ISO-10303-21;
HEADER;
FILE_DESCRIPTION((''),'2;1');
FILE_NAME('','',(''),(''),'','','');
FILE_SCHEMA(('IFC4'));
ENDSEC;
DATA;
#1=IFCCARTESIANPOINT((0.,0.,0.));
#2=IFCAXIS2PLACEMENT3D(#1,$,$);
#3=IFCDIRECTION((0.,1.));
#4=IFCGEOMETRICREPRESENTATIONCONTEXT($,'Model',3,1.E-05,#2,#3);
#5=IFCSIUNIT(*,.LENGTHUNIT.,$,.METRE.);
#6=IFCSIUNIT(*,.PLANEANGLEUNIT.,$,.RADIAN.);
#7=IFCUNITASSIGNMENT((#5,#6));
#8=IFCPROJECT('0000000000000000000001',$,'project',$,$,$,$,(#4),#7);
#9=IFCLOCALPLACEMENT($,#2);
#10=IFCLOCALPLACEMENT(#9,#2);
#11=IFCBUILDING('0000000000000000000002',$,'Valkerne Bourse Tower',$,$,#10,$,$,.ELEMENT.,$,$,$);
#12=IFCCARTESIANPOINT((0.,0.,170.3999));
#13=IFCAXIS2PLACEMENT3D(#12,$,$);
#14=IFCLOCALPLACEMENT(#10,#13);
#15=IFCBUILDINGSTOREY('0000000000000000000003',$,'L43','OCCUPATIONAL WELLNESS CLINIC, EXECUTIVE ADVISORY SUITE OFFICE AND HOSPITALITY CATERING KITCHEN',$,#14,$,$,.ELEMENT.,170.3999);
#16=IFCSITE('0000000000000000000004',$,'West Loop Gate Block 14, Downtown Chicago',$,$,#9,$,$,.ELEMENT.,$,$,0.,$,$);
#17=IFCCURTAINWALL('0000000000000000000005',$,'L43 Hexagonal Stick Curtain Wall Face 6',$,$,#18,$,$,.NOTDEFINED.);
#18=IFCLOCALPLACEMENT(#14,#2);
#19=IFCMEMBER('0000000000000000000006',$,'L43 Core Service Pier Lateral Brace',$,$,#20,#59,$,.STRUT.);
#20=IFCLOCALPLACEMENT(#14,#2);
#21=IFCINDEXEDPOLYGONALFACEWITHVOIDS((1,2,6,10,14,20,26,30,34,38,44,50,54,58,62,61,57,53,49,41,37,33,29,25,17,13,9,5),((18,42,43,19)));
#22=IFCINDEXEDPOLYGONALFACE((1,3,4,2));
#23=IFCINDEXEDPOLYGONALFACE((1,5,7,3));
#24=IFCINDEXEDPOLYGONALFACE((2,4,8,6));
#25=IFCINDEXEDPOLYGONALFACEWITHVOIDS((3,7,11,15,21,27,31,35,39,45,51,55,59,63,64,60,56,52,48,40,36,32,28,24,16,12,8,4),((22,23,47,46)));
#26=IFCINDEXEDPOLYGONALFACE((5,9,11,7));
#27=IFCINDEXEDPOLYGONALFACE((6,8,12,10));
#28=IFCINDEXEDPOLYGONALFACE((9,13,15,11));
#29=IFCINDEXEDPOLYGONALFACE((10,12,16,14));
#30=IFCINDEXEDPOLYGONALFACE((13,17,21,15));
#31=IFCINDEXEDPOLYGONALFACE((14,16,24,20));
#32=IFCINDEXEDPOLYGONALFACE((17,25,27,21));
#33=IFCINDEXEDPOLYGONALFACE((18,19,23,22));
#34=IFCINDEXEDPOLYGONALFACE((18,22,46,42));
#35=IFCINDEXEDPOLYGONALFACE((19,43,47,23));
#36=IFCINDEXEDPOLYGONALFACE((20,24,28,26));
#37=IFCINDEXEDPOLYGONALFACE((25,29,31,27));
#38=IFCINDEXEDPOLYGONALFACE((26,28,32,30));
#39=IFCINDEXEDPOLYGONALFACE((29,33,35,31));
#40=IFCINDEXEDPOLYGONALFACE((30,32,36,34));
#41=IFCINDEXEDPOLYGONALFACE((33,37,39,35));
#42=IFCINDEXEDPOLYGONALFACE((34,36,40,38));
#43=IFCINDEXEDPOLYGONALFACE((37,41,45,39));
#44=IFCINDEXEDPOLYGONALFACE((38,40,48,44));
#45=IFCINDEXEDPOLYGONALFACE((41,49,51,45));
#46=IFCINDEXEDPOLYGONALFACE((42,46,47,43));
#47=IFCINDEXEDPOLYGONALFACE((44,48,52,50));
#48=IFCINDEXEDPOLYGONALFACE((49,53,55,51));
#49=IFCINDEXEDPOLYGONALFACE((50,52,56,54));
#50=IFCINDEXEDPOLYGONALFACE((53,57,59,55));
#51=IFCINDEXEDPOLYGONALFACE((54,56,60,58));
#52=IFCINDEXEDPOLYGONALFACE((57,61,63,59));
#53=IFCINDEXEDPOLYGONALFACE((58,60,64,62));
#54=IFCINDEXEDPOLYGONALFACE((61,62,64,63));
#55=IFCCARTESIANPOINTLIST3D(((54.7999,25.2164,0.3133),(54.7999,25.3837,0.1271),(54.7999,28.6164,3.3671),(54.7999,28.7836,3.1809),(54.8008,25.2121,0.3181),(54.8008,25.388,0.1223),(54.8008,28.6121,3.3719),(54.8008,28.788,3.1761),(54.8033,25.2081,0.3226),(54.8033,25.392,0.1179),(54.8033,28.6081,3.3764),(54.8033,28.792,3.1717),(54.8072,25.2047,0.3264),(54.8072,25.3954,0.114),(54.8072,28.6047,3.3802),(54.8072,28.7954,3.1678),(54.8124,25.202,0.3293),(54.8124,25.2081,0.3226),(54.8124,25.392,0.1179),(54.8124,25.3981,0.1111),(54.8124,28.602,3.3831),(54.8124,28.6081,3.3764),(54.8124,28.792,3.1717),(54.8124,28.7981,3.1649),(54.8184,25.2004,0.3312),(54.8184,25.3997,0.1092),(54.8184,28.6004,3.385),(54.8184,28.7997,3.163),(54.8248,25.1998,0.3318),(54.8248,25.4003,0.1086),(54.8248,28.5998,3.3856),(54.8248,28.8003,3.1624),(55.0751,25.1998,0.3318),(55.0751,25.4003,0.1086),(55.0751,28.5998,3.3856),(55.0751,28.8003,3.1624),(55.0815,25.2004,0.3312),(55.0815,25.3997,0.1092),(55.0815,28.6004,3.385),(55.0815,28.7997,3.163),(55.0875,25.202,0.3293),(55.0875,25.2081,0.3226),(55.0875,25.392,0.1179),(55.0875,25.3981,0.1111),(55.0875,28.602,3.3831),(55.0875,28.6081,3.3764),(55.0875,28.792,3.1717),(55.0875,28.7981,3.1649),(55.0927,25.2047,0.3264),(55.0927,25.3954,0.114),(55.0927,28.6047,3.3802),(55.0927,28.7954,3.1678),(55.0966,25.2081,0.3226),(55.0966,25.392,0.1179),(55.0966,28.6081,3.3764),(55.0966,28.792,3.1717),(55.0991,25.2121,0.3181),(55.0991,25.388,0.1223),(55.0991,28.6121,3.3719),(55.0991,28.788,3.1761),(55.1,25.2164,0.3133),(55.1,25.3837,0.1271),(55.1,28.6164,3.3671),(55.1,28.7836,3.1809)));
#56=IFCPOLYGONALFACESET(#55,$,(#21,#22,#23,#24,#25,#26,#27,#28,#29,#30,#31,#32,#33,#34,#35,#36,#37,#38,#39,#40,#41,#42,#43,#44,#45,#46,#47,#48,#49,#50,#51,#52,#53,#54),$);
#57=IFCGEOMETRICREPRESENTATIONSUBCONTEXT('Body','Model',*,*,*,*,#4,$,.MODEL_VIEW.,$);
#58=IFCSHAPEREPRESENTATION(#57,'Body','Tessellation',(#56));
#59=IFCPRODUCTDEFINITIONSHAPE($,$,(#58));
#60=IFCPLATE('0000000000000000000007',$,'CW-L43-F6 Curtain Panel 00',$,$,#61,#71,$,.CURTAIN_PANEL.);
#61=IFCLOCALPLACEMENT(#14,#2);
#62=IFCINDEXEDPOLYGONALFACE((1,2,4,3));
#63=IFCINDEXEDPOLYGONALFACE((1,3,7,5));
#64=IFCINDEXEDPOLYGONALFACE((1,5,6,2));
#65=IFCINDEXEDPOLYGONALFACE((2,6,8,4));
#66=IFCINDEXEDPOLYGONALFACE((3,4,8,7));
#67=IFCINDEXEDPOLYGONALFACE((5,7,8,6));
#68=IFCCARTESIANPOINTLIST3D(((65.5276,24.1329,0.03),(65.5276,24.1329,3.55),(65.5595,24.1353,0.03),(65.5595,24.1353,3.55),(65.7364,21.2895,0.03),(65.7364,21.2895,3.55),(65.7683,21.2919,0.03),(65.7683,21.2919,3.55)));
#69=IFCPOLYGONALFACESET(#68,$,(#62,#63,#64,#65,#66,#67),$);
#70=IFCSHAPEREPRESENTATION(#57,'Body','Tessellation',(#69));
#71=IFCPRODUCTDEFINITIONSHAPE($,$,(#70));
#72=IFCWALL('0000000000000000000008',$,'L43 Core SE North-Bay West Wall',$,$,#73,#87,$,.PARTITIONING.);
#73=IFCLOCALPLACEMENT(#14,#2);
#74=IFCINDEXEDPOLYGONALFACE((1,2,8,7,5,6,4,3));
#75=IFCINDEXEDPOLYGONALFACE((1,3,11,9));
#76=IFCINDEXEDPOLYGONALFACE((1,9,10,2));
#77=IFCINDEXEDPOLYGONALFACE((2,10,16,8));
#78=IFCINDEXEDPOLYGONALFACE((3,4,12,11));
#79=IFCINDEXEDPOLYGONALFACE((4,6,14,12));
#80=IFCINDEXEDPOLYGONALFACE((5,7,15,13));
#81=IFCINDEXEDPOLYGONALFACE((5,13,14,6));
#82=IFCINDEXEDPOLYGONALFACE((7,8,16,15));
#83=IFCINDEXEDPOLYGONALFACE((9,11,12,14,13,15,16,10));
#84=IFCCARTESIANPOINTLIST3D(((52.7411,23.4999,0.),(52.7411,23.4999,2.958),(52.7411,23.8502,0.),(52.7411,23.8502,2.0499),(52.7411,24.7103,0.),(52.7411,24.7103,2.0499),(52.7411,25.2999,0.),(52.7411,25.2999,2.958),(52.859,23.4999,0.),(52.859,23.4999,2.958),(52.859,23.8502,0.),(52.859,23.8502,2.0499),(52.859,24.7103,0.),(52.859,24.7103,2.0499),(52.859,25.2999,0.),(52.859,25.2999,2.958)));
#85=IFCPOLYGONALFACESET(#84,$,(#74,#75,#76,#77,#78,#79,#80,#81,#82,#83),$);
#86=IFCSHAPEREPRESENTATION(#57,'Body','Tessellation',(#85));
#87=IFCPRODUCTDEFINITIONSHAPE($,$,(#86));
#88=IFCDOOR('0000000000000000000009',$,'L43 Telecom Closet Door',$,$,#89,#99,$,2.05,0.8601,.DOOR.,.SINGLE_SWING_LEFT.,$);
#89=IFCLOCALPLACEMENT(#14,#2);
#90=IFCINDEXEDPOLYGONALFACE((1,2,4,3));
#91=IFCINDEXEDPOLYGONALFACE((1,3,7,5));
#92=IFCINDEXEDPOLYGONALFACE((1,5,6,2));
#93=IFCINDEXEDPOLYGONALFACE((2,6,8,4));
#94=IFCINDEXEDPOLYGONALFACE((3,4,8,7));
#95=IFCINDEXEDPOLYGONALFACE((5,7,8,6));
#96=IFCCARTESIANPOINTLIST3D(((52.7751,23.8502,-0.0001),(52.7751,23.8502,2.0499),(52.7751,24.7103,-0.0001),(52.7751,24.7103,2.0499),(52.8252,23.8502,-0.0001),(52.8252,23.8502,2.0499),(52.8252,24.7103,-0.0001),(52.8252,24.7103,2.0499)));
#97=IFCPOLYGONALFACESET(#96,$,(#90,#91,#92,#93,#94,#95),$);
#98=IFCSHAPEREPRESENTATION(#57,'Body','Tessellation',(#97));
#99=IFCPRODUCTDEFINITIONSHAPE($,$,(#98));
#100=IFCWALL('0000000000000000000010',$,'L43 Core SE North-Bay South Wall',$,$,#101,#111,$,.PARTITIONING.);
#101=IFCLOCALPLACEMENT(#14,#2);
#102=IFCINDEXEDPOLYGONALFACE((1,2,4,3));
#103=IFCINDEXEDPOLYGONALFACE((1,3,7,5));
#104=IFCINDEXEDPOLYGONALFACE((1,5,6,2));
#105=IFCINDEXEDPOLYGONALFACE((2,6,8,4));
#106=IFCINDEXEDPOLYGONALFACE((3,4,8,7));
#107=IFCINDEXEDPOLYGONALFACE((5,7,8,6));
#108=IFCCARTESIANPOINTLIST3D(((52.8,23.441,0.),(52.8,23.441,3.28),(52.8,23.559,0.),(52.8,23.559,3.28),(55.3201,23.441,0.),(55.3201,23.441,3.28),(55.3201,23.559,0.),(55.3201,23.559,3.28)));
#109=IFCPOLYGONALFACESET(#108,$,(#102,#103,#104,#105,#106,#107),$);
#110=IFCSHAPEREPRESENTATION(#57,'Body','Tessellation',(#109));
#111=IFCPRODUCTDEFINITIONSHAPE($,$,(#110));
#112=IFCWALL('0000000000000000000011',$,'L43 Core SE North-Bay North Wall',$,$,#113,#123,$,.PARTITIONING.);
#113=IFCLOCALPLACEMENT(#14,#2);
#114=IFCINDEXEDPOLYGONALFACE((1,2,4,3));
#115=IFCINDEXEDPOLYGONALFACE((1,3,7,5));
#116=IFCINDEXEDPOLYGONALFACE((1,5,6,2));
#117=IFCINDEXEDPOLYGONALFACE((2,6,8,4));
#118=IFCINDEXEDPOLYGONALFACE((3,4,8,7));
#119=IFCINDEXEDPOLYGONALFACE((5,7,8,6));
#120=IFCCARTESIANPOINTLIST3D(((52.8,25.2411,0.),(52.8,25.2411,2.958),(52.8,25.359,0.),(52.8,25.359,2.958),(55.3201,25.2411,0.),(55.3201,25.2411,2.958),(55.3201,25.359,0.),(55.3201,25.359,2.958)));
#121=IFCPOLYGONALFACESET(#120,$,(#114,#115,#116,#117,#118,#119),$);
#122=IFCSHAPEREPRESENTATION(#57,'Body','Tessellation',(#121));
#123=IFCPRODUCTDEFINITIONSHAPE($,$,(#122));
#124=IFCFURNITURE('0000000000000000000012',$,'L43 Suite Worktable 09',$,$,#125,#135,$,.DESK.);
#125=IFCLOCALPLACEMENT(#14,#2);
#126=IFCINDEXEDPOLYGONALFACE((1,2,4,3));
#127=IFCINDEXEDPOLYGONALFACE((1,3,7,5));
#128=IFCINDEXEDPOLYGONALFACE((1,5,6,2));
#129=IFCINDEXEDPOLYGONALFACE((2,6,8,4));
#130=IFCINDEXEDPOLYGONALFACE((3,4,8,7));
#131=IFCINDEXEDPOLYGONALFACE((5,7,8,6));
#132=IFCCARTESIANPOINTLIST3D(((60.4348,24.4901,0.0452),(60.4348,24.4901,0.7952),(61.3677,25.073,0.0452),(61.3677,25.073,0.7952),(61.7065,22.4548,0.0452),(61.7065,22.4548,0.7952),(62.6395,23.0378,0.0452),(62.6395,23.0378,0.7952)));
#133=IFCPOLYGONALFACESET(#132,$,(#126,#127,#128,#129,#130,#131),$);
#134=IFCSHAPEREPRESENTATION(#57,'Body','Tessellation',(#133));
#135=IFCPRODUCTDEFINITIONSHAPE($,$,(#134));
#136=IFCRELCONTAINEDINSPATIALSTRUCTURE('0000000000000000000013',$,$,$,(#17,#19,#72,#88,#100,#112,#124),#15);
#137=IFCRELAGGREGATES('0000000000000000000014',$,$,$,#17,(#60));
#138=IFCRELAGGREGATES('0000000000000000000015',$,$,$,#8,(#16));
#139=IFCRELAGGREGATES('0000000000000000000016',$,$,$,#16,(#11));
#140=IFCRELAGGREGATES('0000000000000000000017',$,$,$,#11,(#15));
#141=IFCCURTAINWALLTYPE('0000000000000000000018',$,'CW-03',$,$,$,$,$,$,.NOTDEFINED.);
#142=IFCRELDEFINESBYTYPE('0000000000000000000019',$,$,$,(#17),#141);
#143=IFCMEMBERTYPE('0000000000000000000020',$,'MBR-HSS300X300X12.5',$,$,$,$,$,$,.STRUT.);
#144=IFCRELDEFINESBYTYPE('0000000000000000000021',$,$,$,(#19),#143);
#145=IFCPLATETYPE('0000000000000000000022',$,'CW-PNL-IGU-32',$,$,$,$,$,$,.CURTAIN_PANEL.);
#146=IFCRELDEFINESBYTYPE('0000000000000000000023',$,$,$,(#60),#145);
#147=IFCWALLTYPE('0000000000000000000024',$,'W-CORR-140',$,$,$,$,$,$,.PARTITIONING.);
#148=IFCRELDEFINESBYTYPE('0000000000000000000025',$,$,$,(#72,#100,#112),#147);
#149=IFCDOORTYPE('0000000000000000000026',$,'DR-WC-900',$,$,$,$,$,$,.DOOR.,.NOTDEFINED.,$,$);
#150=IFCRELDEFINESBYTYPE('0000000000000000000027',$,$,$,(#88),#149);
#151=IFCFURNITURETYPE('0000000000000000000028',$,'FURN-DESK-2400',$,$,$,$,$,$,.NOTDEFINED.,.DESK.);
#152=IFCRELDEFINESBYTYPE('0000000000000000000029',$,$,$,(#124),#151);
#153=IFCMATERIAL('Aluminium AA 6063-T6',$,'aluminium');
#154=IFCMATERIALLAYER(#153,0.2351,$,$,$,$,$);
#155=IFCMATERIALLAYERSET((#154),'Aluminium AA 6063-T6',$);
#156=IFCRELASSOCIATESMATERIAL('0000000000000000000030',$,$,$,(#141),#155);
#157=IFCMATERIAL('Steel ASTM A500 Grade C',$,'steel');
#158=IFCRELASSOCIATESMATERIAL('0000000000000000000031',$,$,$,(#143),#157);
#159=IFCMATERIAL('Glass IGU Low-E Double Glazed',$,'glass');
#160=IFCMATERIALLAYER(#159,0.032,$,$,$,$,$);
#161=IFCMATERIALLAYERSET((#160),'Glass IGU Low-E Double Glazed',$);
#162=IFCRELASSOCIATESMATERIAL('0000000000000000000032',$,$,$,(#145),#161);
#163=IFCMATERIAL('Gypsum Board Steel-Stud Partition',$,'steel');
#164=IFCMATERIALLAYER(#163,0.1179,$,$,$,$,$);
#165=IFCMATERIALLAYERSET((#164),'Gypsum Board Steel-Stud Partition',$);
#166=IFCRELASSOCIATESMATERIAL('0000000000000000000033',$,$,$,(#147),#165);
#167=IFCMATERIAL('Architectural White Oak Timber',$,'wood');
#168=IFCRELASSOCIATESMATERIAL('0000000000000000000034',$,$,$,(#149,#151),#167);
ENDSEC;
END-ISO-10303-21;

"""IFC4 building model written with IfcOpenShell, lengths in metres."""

from ifc_helpers import new_model, si_unit, direction, frame, frame_2d, origin, origin_2d, place, context, subcontext, project, spatial, rectangle, hollow_rectangle, extrude, material, layer, layer_set, material_profile, profile_set, type_object, element, fill, aggregate, save


model = new_model("IFC4")

# Units and contexts
model_context = context("Model", 3, precision=1e-05, world=origin(), true_north=direction((0.0, 1.0)))
body_context = subcontext(model_context, "Body", "Model", "MODEL_VIEW")
ifc_project = project(units=[si_unit("LENGTHUNIT", "METRE"), si_unit("PLANEANGLEUNIT", "RADIAN")], contexts=[model_context])

# Site, building, storey
site_placement = place(None, origin())
site = spatial("IfcSite", under=ifc_project, at=site_placement, Name="West Loop Gate Block 14, Downtown Chicago", CompositionType="ELEMENT", RefElevation=0.0)
building_placement = place(site_placement, origin())
building = spatial("IfcBuilding", under=site, at=building_placement, Name="Valkerne Bourse Tower", CompositionType="ELEMENT")
storey_placement = place(building_placement, frame((0.0, 0.0, 170.3999)))
storey = spatial("IfcBuildingStorey", under=building, at=storey_placement, Name="L43", Description="OCCUPATIONAL WELLNESS CLINIC, EXECUTIVE ADVISORY SUITE OFFICE AND HOSPITALITY CATERING KITCHEN", CompositionType="ELEMENT", Elevation=170.3999)

# Curtain wall
ifc_material_1 = material(Name="Aluminium AA 6063-T6", Category="aluminium")
ifc_layer_1 = layer(ifc_material_1, 0.2351)
ifc_layer_set_1 = layer_set([ifc_layer_1], Name="Aluminium AA 6063-T6")
curtain_wall_type = type_object("IfcCurtainWallType", Name="CW-03", PredefinedType="NOTDEFINED", material=ifc_layer_set_1)
curtain_wall_placement = place(storey_placement, origin())
curtain_wall = element("IfcCurtainWall", 1, at=curtain_wall_placement, inside=storey, type_object=curtain_wall_type, Name="L43 Hexagonal Stick Curtain Wall Face 6", PredefinedType="NOTDEFINED")

# Member
ifc_material_2 = material(Name="Steel ASTM A500 Grade C", Category="steel")
ifc_material_profile_1 = material_profile(ifc_material_2, hollow_rectangle(XDim=0.3, YDim=0.3, WallThickness=0.0125, OuterFilletRadius=0.0249, at=origin_2d()), Name="HSS300X300X12.5")
ifc_profile_set_1 = profile_set([ifc_material_profile_1], Name="Steel ASTM A500 Grade C")
member_type_1 = type_object("IfcMemberType", Name="MBR-HSS300X300X12.5", PredefinedType="STRUT", material=ifc_profile_set_1)
member_1_placement = place(storey_placement, frame((54.95, 25.3, 0.2202), z_axis=(0.0, 0.743968, 0.668215), x_axis=(-1.0, 0.0, 0.0)))
element("IfcMember", 2, at=member_1_placement, inside=storey, type_object=member_type_1, Name="L43 Core Service Pier Lateral Brace", PredefinedType="STRUT", context=body_context, shape_type="SweptSolid", body=[
    extrude(hollow_rectangle(XDim=0.3, YDim=0.3, WallThickness=0.0125, OuterFilletRadius=0.0249, at=origin_2d()), origin(), (0.0, 0.0, 1.0), 4.5701),
])

# Plate
ifc_material_3 = material(Name="Glass IGU Low-E Double Glazed", Category="glass")
ifc_layer_2 = layer(ifc_material_3, 0.032)
ifc_layer_set_2 = layer_set([ifc_layer_2], Name="Glass IGU Low-E Double Glazed")
plate_type = type_object("IfcPlateType", Name="CW-PNL-IGU-32", PredefinedType="CURTAIN_PANEL", material=ifc_layer_set_2)
plate_placement = place(storey_placement, frame((65.6479, 22.7124, 0.03), z_axis=(0.0, 0.0, 1.0), x_axis=(-0.073243, 0.997314, 0.0)))
plate = element("IfcPlate", 3, at=plate_placement, type_object=plate_type, Name="CW-L43-F6 Curtain Panel 00", PredefinedType="CURTAIN_PANEL", context=body_context, shape_type="SweptSolid", body=[
    extrude(rectangle(XDim=2.8511, YDim=0.032, at=origin_2d()), origin(), (0.0, 0.0, 1.0), 3.52),
])
aggregate(curtain_wall, [plate])

# Wall, opening, door
ifc_material_4 = material(Name="Gypsum Board Steel-Stud Partition", Category="steel")
ifc_layer_3 = layer(ifc_material_4, 0.1179)
ifc_layer_set_3 = layer_set([ifc_layer_3], Name="Gypsum Board Steel-Stud Partition")
wall_type = type_object("IfcWallType", Name="W-CORR-140", PredefinedType="PARTITIONING", material=ifc_layer_set_3)
wall_1_placement = place(storey_placement, frame((52.8, 23.5, 0.0), z_axis=(0.0, 0.0, 1.0), x_axis=(0.0, 1.0, 0.0)))
wall_1 = element("IfcWall", 4, at=wall_1_placement, inside=storey, type_object=wall_type, Name="L43 Core SE North-Bay West Wall", PredefinedType="PARTITIONING", context=body_context, shape_type="SweptSolid", body=[
    extrude(rectangle(XDim=1.8, YDim=0.1179, at=frame_2d((0.8999, 0.0))), origin(), (0.0, 0.0, 1.0), 2.958),
])
opening_placement = place(wall_1_placement, frame((0.3501, 0.0, 0.0)))
opening = element("IfcOpeningElement", 5, at=opening_placement, cuts=wall_1, PredefinedType="OPENING", context=body_context, shape_type="SweptSolid", body=[
    extrude(rectangle(XDim=0.8601, YDim=2.05, at=frame_2d((0.4302, 1.0249))), frame((0.0, 0.0688, 0.0), z_axis=(0.0, -1.0, 0.0), x_axis=(1.0, 0.0, 0.0)), (0.0, 0.0, 1.0), 0.1379),
])
ifc_material_5 = material(Name="Architectural White Oak Timber", Category="wood")
door_type = type_object("IfcDoorType", Name="DR-WC-900", OperationType="NOTDEFINED", PredefinedType="DOOR", material=ifc_material_5)
door_placement = place(opening_placement, origin())
door = element("IfcDoor", 6, at=door_placement, inside=storey, type_object=door_type, Name="L43 Telecom Closet Door", OperationType="SINGLE_SWING_LEFT", OverallHeight=2.05, OverallWidth=0.8601, PredefinedType="DOOR", context=body_context, shape_type="SweptSolid", body=[
    extrude(rectangle(XDim=0.8601, YDim=2.05, at=frame_2d((0.4302, 1.0249))), frame((0.0, 0.0249, 0.0), z_axis=(0.0, -1.0, 0.0), x_axis=(1.0, 0.0, 0.0)), (0.0, 0.0, 1.0), 0.05),
])
fill(opening, door)

# Walls
wall_2_placement = place(storey_placement, frame((52.8, 23.5, 0.0), z_axis=(0.0, 0.0, 1.0), x_axis=(1.0, 0.0, 0.0)))
element("IfcWall", 7, at=wall_2_placement, inside=storey, type_object=wall_type, Name="L43 Core SE North-Bay South Wall", PredefinedType="PARTITIONING", context=body_context, shape_type="SweptSolid", body=[
    extrude(rectangle(XDim=2.52, YDim=0.1179, at=frame_2d((1.26, 0.0))), origin(), (0.0, 0.0, 1.0), 3.28),
])
wall_3_placement = place(storey_placement, frame((52.8, 25.3, 0.0), z_axis=(0.0, 0.0, 1.0), x_axis=(1.0, 0.0, 0.0)))
element("IfcWall", 8, at=wall_3_placement, inside=storey, type_object=wall_type, Name="L43 Core SE North-Bay North Wall", PredefinedType="PARTITIONING", context=body_context, shape_type="SweptSolid", body=[
    extrude(rectangle(XDim=2.52, YDim=0.1179, at=frame_2d((1.26, 0.0))), origin(), (0.0, 0.0, 1.0), 2.958),
])

# Furniture
furniture_type = type_object("IfcFurnitureType", Name="FURN-DESK-2400", AssemblyPlace="NOTDEFINED", PredefinedType="DESK", material=ifc_material_5)
furniture_placement = place(storey_placement, frame((61.5371, 23.7639, 0.0452), z_axis=(0.0, 0.0, 1.0), x_axis=(-0.529919, 0.848048, 0.0)))
element("IfcFurniture", 9, at=furniture_placement, inside=storey, type_object=furniture_type, Name="L43 Suite Worktable 09", PredefinedType="DESK", context=body_context, shape_type="SweptSolid", body=[
    extrude(rectangle(XDim=2.3999, YDim=1.1001, at=origin_2d()), origin(), (0.0, 0.0, 1.0), 0.75),
])

save(model, "model.ifc")
